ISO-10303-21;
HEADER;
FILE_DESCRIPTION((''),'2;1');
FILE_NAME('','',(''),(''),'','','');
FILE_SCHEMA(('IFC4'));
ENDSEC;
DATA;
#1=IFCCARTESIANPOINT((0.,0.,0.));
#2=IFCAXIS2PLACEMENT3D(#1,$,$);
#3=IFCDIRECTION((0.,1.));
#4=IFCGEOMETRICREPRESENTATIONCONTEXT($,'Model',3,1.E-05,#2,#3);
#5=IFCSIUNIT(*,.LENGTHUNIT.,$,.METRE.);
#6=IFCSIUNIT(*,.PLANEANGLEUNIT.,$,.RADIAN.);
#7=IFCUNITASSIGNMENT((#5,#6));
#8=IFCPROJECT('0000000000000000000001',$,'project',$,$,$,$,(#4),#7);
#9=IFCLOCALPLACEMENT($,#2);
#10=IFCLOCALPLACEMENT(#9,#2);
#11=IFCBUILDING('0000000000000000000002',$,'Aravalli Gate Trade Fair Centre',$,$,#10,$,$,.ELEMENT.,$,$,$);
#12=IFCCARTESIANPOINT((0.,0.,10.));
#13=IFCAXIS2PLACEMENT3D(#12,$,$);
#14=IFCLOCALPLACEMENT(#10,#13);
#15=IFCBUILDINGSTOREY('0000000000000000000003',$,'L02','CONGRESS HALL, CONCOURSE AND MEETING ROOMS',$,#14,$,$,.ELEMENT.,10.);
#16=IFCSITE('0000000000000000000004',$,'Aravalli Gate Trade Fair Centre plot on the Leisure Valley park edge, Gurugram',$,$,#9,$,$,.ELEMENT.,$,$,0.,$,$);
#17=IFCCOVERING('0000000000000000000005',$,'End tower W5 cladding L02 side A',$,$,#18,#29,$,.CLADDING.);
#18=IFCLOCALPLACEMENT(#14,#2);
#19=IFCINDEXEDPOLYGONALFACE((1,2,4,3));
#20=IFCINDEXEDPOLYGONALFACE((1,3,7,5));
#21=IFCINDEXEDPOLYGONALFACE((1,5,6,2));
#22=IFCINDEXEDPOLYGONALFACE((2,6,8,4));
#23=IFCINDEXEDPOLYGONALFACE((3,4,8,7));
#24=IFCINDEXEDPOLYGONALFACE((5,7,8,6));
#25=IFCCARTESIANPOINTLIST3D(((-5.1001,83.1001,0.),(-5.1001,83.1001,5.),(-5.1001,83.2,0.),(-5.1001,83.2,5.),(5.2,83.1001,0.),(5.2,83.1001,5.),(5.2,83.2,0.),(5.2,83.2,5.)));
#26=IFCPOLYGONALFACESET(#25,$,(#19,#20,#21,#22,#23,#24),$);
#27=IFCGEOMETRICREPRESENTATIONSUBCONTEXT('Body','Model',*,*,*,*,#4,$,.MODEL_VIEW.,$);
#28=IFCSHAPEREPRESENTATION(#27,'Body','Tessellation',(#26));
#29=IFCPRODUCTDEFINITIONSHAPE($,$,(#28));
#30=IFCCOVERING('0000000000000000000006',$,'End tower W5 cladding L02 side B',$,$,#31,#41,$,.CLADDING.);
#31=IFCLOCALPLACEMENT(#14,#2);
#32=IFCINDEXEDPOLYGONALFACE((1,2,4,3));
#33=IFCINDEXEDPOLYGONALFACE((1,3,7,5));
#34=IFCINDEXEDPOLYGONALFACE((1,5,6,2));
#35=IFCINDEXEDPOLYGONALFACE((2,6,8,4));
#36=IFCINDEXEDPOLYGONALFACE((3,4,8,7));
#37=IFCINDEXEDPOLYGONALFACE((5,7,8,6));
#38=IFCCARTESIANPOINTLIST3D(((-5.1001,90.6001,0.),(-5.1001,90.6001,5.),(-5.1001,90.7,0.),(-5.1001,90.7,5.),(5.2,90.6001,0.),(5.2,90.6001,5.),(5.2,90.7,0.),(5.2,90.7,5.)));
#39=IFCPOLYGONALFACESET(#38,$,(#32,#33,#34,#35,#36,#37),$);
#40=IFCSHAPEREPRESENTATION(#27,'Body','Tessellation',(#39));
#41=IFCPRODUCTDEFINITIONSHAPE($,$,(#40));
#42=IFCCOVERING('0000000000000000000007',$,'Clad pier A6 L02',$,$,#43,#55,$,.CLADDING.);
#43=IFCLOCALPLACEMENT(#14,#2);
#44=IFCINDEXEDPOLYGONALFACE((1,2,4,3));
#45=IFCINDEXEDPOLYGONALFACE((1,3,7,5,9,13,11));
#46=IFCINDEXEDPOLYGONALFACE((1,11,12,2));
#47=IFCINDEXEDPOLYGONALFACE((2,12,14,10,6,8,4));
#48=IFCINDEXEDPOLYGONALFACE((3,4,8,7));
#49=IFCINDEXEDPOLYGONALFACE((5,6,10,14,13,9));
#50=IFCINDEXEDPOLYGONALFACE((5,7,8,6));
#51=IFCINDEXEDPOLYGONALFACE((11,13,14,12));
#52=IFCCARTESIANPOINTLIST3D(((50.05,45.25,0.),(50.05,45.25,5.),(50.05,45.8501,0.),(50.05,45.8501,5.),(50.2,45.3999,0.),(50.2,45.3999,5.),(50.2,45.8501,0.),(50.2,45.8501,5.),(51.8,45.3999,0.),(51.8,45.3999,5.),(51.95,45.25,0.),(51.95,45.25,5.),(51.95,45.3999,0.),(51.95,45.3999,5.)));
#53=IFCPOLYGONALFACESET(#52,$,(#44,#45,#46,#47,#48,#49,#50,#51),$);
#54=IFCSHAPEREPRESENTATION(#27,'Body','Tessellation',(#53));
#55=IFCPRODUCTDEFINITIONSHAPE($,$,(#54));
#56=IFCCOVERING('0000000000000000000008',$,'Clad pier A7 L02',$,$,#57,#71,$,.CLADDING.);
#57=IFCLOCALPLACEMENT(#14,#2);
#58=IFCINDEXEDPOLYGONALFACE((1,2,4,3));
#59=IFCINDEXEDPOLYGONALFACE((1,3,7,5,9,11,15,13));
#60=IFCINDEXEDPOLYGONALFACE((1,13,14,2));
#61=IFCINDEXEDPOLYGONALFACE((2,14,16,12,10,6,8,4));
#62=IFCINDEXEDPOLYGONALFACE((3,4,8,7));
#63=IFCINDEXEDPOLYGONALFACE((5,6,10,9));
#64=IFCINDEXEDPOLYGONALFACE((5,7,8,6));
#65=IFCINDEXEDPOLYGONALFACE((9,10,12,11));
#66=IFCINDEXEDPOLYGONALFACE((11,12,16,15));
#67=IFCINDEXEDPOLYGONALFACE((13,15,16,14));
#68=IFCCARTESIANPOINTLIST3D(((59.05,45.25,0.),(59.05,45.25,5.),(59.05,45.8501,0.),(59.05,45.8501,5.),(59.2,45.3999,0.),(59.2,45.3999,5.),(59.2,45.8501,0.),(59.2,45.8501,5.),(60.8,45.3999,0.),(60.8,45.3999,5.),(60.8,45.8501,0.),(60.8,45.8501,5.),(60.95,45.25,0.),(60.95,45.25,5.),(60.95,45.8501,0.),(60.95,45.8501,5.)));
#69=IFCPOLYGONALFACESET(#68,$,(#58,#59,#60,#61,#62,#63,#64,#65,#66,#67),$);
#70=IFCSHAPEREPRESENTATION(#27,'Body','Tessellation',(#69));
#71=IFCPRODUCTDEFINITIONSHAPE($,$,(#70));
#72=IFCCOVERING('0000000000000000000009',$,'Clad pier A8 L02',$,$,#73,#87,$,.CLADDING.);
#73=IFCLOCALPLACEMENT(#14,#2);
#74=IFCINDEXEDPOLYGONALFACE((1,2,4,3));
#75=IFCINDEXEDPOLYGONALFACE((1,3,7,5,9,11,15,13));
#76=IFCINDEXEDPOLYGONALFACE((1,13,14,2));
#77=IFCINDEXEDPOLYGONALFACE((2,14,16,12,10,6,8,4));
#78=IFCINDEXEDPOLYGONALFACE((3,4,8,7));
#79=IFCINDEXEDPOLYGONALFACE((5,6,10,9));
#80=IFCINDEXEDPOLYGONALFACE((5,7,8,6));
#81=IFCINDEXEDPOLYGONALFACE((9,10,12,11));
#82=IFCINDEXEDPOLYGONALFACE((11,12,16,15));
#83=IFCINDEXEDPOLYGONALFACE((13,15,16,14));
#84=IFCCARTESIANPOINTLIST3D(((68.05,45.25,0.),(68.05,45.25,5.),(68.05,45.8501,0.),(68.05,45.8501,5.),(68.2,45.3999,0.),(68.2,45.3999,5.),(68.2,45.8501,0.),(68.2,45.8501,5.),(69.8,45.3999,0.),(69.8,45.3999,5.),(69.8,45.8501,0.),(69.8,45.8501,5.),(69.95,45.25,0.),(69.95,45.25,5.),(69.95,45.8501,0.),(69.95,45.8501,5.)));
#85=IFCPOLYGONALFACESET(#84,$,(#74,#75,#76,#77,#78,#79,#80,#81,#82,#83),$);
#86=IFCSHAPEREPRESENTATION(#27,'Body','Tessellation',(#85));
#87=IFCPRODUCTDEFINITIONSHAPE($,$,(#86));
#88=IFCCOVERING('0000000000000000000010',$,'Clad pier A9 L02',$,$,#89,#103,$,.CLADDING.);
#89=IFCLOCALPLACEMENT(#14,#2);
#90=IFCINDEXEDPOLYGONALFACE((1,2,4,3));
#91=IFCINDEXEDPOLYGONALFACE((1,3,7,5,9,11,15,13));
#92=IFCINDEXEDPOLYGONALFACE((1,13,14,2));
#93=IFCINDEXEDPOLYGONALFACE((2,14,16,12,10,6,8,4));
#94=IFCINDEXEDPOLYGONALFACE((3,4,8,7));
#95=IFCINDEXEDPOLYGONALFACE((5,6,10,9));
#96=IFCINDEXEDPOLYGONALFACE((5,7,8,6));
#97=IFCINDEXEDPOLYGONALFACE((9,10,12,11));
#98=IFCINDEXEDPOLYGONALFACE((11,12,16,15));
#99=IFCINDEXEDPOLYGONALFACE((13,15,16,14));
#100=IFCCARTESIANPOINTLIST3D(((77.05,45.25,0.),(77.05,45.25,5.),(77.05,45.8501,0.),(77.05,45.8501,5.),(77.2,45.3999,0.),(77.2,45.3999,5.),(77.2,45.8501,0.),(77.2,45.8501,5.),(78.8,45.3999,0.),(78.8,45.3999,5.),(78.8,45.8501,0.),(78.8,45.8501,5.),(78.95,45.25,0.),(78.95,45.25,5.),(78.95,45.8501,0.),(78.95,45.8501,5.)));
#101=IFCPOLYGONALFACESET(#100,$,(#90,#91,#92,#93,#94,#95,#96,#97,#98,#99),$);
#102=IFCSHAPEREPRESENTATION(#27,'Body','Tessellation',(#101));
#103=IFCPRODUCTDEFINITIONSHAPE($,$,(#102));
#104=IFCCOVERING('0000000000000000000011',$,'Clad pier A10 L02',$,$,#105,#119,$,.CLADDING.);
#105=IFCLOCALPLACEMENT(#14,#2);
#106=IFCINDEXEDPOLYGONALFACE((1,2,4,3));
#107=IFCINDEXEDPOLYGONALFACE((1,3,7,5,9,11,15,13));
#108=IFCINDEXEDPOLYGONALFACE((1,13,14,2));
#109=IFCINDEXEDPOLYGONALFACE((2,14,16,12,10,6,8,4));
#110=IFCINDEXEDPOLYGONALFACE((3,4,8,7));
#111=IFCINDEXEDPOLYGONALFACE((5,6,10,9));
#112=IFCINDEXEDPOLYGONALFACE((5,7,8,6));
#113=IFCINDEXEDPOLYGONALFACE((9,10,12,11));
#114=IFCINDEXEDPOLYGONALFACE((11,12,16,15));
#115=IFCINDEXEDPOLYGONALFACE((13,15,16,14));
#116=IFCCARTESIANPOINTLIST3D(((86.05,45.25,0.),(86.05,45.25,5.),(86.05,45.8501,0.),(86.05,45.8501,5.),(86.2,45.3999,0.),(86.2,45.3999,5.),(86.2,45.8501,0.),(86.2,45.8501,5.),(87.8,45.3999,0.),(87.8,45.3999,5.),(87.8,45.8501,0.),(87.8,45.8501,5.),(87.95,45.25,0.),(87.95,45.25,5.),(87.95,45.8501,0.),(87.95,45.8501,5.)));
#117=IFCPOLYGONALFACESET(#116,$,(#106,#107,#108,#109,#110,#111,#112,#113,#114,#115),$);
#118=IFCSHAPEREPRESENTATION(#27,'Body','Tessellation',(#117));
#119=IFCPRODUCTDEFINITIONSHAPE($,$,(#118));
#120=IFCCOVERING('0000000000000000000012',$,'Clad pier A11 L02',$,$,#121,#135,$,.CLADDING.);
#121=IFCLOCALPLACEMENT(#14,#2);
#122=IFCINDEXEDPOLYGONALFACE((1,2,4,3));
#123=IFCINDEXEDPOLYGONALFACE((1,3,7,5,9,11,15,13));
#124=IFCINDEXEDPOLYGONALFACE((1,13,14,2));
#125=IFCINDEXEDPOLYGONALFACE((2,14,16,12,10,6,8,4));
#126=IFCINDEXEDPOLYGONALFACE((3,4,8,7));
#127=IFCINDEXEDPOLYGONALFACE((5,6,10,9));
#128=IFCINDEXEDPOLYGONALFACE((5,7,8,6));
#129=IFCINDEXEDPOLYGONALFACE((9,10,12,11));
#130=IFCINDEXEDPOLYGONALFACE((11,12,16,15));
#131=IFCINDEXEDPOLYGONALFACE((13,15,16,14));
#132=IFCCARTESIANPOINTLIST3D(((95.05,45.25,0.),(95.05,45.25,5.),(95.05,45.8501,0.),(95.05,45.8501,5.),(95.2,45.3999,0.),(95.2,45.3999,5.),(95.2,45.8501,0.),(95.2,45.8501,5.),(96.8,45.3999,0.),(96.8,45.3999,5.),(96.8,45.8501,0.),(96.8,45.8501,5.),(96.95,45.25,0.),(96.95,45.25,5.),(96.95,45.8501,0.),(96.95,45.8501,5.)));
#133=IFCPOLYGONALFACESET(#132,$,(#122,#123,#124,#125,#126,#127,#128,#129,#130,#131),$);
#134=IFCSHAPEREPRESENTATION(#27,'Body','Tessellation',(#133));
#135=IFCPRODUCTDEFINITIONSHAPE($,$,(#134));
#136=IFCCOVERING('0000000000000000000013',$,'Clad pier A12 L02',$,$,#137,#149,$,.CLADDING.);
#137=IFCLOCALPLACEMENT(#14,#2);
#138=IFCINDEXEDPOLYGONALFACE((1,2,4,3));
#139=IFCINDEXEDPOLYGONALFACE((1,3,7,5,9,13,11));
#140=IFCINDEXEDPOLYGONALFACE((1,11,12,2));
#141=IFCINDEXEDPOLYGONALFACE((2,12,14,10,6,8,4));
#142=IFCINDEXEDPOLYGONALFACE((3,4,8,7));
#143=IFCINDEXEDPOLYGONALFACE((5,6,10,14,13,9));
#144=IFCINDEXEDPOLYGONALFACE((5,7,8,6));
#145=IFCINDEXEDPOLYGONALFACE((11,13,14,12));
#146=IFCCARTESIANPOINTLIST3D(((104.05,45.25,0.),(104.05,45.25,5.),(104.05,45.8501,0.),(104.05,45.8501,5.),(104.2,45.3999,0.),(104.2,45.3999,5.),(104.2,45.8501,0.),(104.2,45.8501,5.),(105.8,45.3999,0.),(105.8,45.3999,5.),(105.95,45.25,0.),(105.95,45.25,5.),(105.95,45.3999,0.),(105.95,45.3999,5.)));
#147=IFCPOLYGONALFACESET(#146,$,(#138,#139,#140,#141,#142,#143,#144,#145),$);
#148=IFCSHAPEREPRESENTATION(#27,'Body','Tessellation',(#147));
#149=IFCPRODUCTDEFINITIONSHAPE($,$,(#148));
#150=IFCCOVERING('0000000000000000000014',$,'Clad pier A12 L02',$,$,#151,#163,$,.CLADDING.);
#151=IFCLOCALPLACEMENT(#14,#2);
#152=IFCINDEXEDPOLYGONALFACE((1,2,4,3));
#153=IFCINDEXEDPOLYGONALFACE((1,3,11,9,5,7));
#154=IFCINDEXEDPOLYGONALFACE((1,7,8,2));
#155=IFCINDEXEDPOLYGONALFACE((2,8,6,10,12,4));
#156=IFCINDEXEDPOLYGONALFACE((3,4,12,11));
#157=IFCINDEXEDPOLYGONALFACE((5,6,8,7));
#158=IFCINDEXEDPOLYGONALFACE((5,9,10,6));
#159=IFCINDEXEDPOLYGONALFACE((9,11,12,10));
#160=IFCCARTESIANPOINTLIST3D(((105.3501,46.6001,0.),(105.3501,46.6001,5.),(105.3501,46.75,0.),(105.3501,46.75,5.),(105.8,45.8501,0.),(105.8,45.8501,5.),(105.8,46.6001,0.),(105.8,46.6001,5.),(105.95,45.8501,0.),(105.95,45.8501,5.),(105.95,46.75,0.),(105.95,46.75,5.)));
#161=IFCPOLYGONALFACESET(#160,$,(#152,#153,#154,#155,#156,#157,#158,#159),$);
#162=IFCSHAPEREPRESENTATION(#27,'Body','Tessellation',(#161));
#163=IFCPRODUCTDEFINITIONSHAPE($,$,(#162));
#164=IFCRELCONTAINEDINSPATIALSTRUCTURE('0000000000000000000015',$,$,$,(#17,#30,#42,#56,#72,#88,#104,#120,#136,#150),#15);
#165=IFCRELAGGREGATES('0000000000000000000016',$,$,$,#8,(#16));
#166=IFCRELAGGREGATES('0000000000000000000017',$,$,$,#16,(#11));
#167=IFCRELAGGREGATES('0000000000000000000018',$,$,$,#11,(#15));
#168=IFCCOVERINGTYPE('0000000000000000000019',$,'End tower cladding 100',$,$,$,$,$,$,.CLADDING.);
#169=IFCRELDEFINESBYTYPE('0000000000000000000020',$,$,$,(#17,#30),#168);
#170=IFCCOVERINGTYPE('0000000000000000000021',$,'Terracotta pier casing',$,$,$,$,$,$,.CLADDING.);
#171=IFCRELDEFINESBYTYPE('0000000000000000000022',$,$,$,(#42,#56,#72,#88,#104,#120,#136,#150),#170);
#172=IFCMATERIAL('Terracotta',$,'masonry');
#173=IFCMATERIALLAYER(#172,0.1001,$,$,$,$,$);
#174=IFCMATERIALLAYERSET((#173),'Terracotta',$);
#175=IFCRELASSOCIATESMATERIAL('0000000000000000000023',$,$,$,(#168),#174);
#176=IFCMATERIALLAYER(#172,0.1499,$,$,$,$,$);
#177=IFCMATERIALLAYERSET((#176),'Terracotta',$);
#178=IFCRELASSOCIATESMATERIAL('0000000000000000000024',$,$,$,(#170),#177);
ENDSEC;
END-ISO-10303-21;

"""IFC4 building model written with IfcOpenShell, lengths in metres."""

from ifc_helpers import new_model, si_unit, direction, frame, origin, place, context, subcontext, project, spatial, polyline, outline, extrude, material, layer, layer_set, type_object, element, save


model = new_model("IFC4")

# Units and contexts
model_context = context("Model", 3, precision=1e-05, world=origin(), true_north=direction((0.0, 1.0)))
body_context = subcontext(model_context, "Body", "Model", "MODEL_VIEW")
ifc_project = project(units=[si_unit("LENGTHUNIT", "METRE"), si_unit("PLANEANGLEUNIT", "RADIAN")], contexts=[model_context])

# Site, building, storey
site_placement = place(None, origin())
site = spatial("IfcSite", under=ifc_project, at=site_placement, Name="Aravalli Gate Trade Fair Centre plot on the Leisure Valley park edge, Gurugram", CompositionType="ELEMENT", RefElevation=0.0)
building_placement = place(site_placement, origin())
building = spatial("IfcBuilding", under=site, at=building_placement, Name="Aravalli Gate Trade Fair Centre", CompositionType="ELEMENT")
storey_placement = place(building_placement, frame((0.0, 0.0, 10.0)))
storey = spatial("IfcBuildingStorey", under=building, at=storey_placement, Name="L02", Description="CONGRESS HALL, CONCOURSE AND MEETING ROOMS", CompositionType="ELEMENT", Elevation=10.0)

# Coverings
ifc_material = material(Name="Terracotta", Category="masonry")
ifc_layer_1 = layer(ifc_material, 0.1001)
ifc_layer_set_1 = layer_set([ifc_layer_1], Name="Terracotta")
covering_type_1 = type_object("IfcCoveringType", Name="End tower cladding 100", PredefinedType="CLADDING", material=ifc_layer_set_1)
covering_1_placement = place(storey_placement, origin())
element("IfcCovering", 1, at=covering_1_placement, inside=storey, type_object=covering_type_1, Name="End tower W5 cladding L02 side A", PredefinedType="CLADDING", context=body_context, shape_type="SweptSolid", body=[
    extrude(outline(polyline([(5.2, 83.1001), (-5.1001, 83.1001), (-5.1001, 83.2), (5.2, 83.2), (5.2, 83.1001)])), origin(), (0.0, 0.0, 1.0), 5.0),
])
covering_2_placement = place(storey_placement, origin())
element("IfcCovering", 2, at=covering_2_placement, inside=storey, type_object=covering_type_1, Name="End tower W5 cladding L02 side B", PredefinedType="CLADDING", context=body_context, shape_type="SweptSolid", body=[
    extrude(outline(polyline([(5.2, 90.6001), (-5.1001, 90.6001), (-5.1001, 90.7), (5.2, 90.7), (5.2, 90.6001)])), origin(), (0.0, 0.0, 1.0), 5.0),
])
ifc_layer_2 = layer(ifc_material, 0.1499)
ifc_layer_set_2 = layer_set([ifc_layer_2], Name="Terracotta")
covering_type_2 = type_object("IfcCoveringType", Name="Terracotta pier casing", PredefinedType="CLADDING", material=ifc_layer_set_2)
covering_3_placement = place(storey_placement, origin())
element("IfcCovering", 3, at=covering_3_placement, inside=storey, type_object=covering_type_2, Name="Clad pier A6 L02", PredefinedType="CLADDING", context=body_context, shape_type="SweptSolid", body=[
    extrude(outline(polyline([(50.2, 45.8501), (50.2, 45.3999), (51.8, 45.3999), (51.95, 45.3999), (51.95, 45.25), (50.05, 45.25), (50.05, 45.8501), (50.2, 45.8501)])), origin(), (0.0, 0.0, 1.0), 5.0),
])
covering_4_placement = place(storey_placement, origin())
element("IfcCovering", 4, at=covering_4_placement, inside=storey, type_object=covering_type_2, Name="Clad pier A7 L02", PredefinedType="CLADDING", context=body_context, shape_type="SweptSolid", body=[
    extrude(outline(polyline([(59.05, 45.8501), (59.2, 45.8501), (59.2, 45.3999), (60.8, 45.3999), (60.8, 45.8501), (60.95, 45.8501), (60.95, 45.25), (59.05, 45.25), (59.05, 45.8501)])), origin(), (0.0, 0.0, 1.0), 5.0),
])
covering_5_placement = place(storey_placement, origin())
element("IfcCovering", 5, at=covering_5_placement, inside=storey, type_object=covering_type_2, Name="Clad pier A8 L02", PredefinedType="CLADDING", context=body_context, shape_type="SweptSolid", body=[
    extrude(outline(polyline([(68.05, 45.8501), (68.2, 45.8501), (68.2, 45.3999), (69.8, 45.3999), (69.8, 45.8501), (69.95, 45.8501), (69.95, 45.25), (68.05, 45.25), (68.05, 45.8501)])), origin(), (0.0, 0.0, 1.0), 5.0),
])
covering_6_placement = place(storey_placement, origin())
element("IfcCovering", 6, at=covering_6_placement, inside=storey, type_object=covering_type_2, Name="Clad pier A9 L02", PredefinedType="CLADDING", context=body_context, shape_type="SweptSolid", body=[
    extrude(outline(polyline([(77.05, 45.8501), (77.2, 45.8501), (77.2, 45.3999), (78.8, 45.3999), (78.8, 45.8501), (78.95, 45.8501), (78.95, 45.25), (77.05, 45.25), (77.05, 45.8501)])), origin(), (0.0, 0.0, 1.0), 5.0),
])
covering_7_placement = place(storey_placement, origin())
element("IfcCovering", 7, at=covering_7_placement, inside=storey, type_object=covering_type_2, Name="Clad pier A10 L02", PredefinedType="CLADDING", context=body_context, shape_type="SweptSolid", body=[
    extrude(outline(polyline([(86.05, 45.8501), (86.2, 45.8501), (86.2, 45.3999), (87.8, 45.3999), (87.8, 45.8501), (87.95, 45.8501), (87.95, 45.25), (86.05, 45.25), (86.05, 45.8501)])), origin(), (0.0, 0.0, 1.0), 5.0),
])
covering_8_placement = place(storey_placement, origin())
element("IfcCovering", 8, at=covering_8_placement, inside=storey, type_object=covering_type_2, Name="Clad pier A11 L02", PredefinedType="CLADDING", context=body_context, shape_type="SweptSolid", body=[
    extrude(outline(polyline([(95.05, 45.8501), (95.2, 45.8501), (95.2, 45.3999), (96.8, 45.3999), (96.8, 45.8501), (96.95, 45.8501), (96.95, 45.25), (95.05, 45.25), (95.05, 45.8501)])), origin(), (0.0, 0.0, 1.0), 5.0),
])
covering_9_placement = place(storey_placement, origin())
element("IfcCovering", 9, at=covering_9_placement, inside=storey, type_object=covering_type_2, Name="Clad pier A12 L02", PredefinedType="CLADDING", context=body_context, shape_type="SweptSolid", body=[
    extrude(outline(polyline([(104.2, 45.8501), (104.2, 45.3999), (105.8, 45.3999), (105.95, 45.3999), (105.95, 45.25), (104.05, 45.25), (104.05, 45.8501), (104.2, 45.8501)])), origin(), (0.0, 0.0, 1.0), 5.0),
])
covering_10_placement = place(storey_placement, origin())
element("IfcCovering", 10, at=covering_10_placement, inside=storey, type_object=covering_type_2, Name="Clad pier A12 L02", PredefinedType="CLADDING", context=body_context, shape_type="SweptSolid", body=[
    extrude(outline(polyline([(105.8, 46.6001), (105.3501, 46.6001), (105.3501, 46.75), (105.95, 46.75), (105.95, 45.8501), (105.8, 45.8501), (105.8, 46.6001)])), origin(), (0.0, 0.0, 1.0), 5.0),
])

save(model, "model.ifc")
